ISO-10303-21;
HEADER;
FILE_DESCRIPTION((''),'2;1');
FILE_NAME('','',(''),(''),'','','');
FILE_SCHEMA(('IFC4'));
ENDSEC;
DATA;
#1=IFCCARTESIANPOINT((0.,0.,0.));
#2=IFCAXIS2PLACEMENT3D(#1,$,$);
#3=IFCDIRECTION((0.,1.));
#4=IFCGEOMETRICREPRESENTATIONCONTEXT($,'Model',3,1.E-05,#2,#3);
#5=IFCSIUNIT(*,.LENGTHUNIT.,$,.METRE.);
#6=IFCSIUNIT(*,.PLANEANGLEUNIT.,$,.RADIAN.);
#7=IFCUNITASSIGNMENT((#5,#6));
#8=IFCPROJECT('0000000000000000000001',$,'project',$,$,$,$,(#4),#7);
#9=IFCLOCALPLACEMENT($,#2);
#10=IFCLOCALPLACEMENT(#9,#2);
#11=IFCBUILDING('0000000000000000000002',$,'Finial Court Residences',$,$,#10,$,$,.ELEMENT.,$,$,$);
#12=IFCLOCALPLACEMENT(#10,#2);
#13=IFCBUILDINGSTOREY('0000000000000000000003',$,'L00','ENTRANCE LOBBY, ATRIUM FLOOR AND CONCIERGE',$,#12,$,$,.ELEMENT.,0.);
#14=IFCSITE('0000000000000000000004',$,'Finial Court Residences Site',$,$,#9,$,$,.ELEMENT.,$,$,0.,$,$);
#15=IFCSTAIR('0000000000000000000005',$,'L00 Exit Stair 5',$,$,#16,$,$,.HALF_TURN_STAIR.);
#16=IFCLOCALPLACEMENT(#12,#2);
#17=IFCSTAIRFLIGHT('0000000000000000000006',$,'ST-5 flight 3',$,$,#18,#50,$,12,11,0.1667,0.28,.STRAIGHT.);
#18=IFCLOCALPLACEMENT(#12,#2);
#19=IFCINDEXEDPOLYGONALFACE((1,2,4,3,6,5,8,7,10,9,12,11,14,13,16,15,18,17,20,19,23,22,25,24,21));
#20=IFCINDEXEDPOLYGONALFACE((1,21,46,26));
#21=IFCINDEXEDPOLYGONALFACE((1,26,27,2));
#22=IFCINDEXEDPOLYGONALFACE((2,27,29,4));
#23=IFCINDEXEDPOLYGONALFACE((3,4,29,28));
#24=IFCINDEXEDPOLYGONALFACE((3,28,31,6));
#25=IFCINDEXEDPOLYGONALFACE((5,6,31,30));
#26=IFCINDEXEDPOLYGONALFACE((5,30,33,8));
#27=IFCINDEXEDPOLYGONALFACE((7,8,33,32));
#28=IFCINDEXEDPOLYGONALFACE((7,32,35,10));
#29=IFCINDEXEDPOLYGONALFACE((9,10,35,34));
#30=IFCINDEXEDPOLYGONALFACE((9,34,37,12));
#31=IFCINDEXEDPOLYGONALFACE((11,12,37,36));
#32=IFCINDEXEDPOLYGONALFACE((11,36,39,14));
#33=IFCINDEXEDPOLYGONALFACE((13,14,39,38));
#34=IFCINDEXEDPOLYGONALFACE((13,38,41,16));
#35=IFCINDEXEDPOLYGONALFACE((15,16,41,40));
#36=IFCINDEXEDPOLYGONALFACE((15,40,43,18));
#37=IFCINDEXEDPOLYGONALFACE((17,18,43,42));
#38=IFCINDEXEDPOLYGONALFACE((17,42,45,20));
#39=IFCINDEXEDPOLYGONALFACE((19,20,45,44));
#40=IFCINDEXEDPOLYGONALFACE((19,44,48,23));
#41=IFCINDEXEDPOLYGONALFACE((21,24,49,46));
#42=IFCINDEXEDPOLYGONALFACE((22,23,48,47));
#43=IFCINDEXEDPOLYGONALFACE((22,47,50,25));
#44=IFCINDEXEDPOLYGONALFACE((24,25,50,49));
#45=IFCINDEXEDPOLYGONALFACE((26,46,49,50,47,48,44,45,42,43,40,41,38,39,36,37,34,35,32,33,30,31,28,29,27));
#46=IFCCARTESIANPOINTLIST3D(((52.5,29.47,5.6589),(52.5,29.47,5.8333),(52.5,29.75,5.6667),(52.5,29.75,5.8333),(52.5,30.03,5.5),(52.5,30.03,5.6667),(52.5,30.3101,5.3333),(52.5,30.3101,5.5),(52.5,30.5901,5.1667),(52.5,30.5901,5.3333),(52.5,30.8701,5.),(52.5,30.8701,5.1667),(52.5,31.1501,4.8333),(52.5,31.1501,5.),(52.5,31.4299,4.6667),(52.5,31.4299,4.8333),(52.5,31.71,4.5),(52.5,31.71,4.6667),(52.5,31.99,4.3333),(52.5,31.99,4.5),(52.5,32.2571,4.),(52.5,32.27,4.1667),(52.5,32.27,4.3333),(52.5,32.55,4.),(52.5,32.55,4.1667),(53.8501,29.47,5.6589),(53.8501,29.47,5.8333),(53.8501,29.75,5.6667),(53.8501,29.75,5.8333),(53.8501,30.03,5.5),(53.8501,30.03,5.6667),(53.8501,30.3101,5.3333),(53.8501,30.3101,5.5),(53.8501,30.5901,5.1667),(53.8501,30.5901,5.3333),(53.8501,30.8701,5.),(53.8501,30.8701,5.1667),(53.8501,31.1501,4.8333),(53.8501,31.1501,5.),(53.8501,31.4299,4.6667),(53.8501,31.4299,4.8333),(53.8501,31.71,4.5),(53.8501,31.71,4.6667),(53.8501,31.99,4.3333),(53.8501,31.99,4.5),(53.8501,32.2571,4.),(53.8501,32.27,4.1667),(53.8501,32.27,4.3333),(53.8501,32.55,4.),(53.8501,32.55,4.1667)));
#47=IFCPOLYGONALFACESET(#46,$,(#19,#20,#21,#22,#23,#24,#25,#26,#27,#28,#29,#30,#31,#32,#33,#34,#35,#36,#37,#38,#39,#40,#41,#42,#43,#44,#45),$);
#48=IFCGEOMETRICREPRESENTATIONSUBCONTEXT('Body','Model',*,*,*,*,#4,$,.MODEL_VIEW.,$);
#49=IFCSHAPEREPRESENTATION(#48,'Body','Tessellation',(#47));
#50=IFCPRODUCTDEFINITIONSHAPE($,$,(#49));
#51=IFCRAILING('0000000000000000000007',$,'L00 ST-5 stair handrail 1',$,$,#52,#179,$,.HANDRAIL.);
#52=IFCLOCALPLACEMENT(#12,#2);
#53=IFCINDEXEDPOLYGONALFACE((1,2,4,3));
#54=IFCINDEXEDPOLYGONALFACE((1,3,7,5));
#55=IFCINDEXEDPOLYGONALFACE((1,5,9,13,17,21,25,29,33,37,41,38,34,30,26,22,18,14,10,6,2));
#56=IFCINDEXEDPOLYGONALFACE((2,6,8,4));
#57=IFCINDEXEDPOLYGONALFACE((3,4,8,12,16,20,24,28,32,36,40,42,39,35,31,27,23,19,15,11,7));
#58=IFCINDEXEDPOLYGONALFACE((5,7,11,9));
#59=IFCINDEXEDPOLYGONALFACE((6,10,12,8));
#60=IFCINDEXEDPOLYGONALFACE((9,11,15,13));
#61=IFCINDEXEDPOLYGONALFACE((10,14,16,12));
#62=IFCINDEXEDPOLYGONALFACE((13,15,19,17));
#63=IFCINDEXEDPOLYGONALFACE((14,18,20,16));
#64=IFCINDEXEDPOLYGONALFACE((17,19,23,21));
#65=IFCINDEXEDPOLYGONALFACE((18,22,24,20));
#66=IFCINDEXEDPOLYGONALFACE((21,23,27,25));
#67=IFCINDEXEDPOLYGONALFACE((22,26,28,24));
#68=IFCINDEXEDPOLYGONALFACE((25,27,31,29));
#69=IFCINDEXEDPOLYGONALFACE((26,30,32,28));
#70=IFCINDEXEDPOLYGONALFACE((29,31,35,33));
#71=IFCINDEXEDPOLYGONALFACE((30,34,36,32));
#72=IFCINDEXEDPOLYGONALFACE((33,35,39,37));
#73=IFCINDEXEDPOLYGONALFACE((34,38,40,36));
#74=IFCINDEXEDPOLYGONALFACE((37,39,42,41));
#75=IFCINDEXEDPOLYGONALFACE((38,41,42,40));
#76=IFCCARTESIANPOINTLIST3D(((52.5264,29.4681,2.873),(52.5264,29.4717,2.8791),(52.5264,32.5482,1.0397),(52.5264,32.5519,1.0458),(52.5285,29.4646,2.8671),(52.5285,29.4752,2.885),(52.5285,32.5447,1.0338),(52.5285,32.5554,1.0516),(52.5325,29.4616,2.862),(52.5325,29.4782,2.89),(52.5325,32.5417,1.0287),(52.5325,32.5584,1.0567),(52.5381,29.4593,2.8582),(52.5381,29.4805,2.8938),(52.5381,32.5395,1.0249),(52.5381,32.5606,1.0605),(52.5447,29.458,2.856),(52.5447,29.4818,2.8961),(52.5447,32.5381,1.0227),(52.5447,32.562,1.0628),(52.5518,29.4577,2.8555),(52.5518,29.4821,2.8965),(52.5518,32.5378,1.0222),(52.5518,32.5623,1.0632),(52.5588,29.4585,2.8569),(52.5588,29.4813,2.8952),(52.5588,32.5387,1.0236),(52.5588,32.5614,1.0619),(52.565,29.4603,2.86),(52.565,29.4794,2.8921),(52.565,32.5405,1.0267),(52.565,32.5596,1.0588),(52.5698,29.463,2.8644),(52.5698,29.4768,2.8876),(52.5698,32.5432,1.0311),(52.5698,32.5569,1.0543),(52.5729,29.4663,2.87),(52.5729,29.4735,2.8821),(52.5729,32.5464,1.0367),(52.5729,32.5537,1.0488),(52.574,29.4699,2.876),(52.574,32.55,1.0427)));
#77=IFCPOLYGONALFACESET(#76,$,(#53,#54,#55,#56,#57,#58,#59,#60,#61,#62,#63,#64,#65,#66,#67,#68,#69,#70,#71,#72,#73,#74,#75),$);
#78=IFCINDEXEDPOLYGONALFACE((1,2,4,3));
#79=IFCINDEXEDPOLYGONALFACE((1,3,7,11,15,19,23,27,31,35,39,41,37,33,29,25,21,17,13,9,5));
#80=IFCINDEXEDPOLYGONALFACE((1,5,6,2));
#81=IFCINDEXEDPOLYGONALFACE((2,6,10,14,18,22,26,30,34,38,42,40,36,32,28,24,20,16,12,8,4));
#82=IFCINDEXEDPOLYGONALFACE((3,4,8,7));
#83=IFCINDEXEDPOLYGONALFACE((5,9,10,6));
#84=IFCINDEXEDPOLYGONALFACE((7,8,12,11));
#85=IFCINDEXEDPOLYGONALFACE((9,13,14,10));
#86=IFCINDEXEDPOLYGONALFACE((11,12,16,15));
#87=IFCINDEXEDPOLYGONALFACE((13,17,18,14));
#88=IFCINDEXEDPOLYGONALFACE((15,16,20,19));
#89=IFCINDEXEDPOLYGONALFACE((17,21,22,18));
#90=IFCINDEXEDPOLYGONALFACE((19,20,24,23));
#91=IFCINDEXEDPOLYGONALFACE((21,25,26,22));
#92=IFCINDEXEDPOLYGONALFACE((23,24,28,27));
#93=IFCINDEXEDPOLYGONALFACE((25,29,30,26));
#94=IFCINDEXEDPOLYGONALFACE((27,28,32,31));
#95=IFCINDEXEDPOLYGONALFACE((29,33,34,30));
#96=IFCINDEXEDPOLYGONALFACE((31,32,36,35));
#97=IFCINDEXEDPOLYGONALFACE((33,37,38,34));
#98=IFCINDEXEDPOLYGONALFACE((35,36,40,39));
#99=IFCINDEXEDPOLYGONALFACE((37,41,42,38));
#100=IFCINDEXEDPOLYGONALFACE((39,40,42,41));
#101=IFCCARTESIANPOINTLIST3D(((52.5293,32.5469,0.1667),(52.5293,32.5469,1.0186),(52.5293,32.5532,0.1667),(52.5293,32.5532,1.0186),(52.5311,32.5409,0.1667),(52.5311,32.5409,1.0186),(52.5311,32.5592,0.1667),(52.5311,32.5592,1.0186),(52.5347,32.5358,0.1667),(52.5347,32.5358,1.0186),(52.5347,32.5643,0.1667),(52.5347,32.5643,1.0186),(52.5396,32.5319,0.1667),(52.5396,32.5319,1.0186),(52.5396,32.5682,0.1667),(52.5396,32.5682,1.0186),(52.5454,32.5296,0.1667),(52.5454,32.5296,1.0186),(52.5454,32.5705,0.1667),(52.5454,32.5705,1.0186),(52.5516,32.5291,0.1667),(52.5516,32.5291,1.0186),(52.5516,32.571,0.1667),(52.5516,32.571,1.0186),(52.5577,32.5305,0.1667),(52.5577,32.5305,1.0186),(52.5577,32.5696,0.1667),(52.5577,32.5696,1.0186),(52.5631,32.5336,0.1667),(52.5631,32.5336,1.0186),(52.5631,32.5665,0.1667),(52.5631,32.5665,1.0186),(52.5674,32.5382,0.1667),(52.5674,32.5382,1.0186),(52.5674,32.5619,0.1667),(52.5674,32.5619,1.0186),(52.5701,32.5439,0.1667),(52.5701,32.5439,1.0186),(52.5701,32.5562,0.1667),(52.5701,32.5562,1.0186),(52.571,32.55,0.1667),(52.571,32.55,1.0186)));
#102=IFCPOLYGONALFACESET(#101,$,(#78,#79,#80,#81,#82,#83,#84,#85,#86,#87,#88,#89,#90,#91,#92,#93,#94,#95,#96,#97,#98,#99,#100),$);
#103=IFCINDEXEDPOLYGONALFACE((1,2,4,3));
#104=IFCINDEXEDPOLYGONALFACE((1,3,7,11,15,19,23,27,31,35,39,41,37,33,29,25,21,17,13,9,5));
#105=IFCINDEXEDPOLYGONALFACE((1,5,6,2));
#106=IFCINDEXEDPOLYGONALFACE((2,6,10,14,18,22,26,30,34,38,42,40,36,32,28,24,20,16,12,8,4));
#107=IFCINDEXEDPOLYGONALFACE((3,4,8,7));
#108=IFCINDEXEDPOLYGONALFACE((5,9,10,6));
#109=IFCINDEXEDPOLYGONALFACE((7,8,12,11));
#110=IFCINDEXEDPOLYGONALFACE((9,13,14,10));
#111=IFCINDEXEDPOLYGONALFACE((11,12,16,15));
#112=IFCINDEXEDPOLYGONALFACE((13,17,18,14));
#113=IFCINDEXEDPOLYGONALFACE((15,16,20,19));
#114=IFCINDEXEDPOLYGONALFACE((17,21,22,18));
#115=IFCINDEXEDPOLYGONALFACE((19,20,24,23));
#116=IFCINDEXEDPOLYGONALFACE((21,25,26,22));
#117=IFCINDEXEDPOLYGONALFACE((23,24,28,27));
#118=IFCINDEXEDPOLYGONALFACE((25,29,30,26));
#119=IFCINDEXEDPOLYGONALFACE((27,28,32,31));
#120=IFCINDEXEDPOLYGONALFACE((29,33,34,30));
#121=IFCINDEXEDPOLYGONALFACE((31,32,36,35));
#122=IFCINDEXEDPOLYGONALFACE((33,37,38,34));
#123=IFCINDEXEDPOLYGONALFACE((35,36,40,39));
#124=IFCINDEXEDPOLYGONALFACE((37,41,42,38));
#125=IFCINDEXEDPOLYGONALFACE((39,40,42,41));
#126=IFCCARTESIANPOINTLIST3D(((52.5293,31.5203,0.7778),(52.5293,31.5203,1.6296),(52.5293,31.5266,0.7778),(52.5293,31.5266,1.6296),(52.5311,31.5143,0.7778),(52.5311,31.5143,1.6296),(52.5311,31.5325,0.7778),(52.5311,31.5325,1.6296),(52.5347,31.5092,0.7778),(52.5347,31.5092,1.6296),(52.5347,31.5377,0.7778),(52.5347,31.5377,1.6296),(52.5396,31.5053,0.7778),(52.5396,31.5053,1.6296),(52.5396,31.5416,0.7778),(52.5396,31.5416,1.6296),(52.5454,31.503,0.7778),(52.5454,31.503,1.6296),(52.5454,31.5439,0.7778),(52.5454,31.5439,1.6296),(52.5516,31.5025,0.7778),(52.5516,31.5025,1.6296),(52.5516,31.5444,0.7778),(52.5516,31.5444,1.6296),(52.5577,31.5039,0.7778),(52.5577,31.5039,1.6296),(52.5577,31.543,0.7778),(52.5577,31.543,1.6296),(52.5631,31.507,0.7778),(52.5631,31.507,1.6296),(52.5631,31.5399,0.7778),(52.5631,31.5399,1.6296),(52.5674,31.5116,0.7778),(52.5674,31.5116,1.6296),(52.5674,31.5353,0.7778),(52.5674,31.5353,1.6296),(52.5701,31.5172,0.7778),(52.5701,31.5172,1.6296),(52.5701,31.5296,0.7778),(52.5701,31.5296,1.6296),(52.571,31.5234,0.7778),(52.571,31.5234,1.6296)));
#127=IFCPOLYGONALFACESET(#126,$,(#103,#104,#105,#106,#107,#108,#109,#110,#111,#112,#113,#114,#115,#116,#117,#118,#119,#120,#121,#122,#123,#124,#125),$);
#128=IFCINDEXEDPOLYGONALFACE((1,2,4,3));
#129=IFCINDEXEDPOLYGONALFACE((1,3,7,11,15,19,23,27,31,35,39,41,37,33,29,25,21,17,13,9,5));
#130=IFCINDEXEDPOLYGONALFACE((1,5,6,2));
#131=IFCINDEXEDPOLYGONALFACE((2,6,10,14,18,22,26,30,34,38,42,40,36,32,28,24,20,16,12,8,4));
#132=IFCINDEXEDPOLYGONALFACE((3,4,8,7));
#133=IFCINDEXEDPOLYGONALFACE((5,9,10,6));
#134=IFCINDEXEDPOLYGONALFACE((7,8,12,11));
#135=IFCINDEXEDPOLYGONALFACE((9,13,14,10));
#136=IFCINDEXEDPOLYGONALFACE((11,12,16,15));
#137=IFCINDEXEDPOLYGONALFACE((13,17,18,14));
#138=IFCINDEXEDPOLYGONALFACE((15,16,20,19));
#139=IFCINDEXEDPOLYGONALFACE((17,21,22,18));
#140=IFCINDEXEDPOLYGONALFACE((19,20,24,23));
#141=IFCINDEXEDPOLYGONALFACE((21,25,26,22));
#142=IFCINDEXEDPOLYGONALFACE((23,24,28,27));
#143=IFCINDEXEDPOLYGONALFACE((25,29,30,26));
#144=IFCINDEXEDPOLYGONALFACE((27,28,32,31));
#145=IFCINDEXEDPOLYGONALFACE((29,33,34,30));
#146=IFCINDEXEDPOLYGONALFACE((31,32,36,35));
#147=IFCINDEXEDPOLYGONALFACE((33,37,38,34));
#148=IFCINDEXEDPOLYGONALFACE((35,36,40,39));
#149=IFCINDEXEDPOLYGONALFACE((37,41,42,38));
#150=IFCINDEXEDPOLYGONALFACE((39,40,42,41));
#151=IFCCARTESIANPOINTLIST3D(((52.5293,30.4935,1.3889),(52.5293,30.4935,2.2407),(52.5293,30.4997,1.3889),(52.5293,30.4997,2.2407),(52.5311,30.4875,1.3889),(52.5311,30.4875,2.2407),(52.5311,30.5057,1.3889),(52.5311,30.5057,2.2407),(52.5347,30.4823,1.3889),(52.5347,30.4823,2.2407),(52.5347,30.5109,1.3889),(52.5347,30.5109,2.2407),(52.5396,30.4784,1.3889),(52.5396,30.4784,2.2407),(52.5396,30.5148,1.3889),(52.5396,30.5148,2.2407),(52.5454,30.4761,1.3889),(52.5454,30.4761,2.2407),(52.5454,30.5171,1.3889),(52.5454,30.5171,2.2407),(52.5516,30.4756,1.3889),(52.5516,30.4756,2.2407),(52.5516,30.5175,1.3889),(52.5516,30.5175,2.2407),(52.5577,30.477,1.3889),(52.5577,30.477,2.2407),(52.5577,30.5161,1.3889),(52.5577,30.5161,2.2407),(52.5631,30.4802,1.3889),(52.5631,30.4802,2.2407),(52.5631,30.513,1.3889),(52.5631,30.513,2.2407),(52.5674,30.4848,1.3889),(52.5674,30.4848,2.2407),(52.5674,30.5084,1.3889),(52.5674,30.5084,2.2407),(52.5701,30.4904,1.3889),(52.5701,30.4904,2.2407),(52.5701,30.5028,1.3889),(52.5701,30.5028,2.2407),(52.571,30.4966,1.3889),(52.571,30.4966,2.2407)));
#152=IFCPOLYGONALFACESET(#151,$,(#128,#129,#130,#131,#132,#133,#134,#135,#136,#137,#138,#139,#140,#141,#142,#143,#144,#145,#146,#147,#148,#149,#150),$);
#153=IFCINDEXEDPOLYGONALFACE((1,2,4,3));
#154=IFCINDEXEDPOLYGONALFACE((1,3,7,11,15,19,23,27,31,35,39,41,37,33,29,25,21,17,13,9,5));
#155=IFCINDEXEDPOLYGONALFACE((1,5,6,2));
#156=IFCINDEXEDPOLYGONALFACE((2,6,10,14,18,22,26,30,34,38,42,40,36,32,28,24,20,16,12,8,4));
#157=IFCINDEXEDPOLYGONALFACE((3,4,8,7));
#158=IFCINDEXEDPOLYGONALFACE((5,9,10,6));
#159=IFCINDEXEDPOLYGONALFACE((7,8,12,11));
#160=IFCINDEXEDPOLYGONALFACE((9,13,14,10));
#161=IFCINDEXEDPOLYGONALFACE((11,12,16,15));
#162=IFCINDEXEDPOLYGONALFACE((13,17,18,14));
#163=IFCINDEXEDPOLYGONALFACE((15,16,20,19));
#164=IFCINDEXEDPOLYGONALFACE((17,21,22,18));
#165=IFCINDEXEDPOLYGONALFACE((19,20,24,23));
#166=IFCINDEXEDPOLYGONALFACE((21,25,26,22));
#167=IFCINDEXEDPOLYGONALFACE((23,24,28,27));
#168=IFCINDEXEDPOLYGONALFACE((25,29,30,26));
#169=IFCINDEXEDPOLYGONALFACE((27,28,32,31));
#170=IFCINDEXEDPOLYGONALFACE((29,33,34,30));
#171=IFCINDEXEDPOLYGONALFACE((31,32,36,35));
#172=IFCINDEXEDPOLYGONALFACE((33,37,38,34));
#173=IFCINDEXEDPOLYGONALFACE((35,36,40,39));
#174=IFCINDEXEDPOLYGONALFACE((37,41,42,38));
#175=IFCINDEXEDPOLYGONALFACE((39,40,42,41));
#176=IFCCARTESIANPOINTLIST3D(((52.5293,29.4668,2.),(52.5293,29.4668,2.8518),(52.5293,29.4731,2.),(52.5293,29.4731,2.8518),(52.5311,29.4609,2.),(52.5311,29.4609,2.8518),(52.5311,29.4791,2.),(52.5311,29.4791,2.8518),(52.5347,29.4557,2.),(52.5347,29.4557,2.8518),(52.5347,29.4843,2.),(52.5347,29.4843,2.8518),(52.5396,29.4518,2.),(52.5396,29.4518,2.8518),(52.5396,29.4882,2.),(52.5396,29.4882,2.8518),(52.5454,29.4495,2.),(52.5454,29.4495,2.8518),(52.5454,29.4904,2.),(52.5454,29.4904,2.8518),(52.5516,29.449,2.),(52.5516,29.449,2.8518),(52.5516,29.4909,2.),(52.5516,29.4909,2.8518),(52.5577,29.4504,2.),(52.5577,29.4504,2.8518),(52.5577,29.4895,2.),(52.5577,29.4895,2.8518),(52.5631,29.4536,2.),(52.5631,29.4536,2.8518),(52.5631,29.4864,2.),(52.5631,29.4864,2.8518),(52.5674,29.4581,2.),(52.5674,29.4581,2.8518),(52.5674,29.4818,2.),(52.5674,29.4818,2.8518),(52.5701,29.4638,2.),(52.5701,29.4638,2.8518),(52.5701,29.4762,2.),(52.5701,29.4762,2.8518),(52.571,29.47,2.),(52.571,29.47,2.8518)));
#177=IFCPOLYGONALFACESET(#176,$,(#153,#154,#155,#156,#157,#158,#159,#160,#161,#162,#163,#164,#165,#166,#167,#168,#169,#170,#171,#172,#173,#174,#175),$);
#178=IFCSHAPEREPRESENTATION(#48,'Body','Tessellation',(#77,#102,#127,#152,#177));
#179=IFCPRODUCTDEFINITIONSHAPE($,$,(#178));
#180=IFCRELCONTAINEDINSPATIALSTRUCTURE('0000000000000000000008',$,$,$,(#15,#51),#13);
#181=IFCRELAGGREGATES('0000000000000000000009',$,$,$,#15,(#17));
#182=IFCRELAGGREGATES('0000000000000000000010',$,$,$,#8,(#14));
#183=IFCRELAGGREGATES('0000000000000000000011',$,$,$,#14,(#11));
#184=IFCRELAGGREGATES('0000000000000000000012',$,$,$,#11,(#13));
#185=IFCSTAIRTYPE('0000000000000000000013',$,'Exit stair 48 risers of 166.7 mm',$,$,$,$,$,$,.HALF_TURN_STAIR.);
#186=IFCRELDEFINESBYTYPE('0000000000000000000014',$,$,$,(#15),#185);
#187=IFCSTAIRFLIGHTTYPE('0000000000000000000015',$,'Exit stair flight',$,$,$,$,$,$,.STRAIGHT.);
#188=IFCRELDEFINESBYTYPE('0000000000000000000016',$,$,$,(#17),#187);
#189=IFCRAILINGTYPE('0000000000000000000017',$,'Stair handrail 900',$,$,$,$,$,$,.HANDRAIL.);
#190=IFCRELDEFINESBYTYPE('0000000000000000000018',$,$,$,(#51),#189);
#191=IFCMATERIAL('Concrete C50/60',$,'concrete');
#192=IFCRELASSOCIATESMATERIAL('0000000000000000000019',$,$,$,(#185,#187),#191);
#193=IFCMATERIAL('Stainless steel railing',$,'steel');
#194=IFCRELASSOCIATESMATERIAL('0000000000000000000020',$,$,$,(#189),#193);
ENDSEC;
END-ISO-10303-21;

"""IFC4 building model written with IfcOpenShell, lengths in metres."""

from ifc_helpers import new_model, si_unit, direction, frame, origin, origin_2d, place, context, subcontext, project, spatial, polyline, circle, outline, extrude, material, type_object, element, aggregate, save


model = new_model("IFC4")

# Units and contexts
model_context = context("Model", 3, precision=1e-05, world=origin(), true_north=direction((0.0, 1.0)))
body_context = subcontext(model_context, "Body", "Model", "MODEL_VIEW")
ifc_project = project(units=[si_unit("LENGTHUNIT", "METRE"), si_unit("PLANEANGLEUNIT", "RADIAN")], contexts=[model_context])

# Site, building, storey
site_placement = place(None, origin())
site = spatial("IfcSite", under=ifc_project, at=site_placement, Name="Finial Court Residences Site", CompositionType="ELEMENT", RefElevation=0.0)
building_placement = place(site_placement, origin())
building = spatial("IfcBuilding", under=site, at=building_placement, Name="Finial Court Residences", CompositionType="ELEMENT")
storey_placement = place(building_placement, origin())
storey = spatial("IfcBuildingStorey", under=building, at=storey_placement, Name="L00", Description="ENTRANCE LOBBY, ATRIUM FLOOR AND CONCIERGE", CompositionType="ELEMENT", Elevation=0.0)

# Shared definitions
ifc_material_1 = material(Name="Concrete C50/60", Category="concrete")

# Stair, stair flight
stair_type = type_object("IfcStairType", Name="Exit stair 48 risers of 166.7 mm", PredefinedType="HALF_TURN_STAIR", material=ifc_material_1)
stair_placement = place(storey_placement, origin())
stair = element("IfcStair", 1, at=stair_placement, inside=storey, type_object=stair_type, Name="L00 Exit Stair 5", PredefinedType="HALF_TURN_STAIR")
stair_flight_type = type_object("IfcStairFlightType", Name="Exit stair flight", PredefinedType="STRAIGHT", material=ifc_material_1)
stair_flight_1_placement = place(storey_placement, frame((53.175, 32.55, 4.0), z_axis=(0.0, 0.0, 1.0), x_axis=(0.0, -1.0, 0.0)))
stair_flight_1 = element("IfcStairFlight", 2, at=stair_flight_1_placement, type_object=stair_flight_type, Name="ST-5 flight 3", NumberOfRisers=12, NumberOfTreads=11, PredefinedType="STRAIGHT", RiserHeight=0.1667, TreadLength=0.28, context=body_context, shape_type="SweptSolid", body=[
    extrude(outline(polyline([(0.0, 0.0), (0.0, 0.1667), (0.28, 0.1667), (0.28, 0.3333), (0.5601, 0.3333), (0.5601, 0.5), (0.8401, 0.5), (0.8401, 0.6667), (1.1201, 0.6667), (1.1201, 0.8333), (1.3999, 0.8333), (1.3999, 1.0), (1.6799, 1.0), (1.6799, 1.1667), (1.96, 1.1667), (1.96, 1.3333), (2.24, 1.3333), (2.24, 1.5), (2.52, 1.5), (2.52, 1.6667), (2.8, 1.6667), (2.8, 1.8333), (3.0801, 1.8333), (3.0801, 2.0), (3.0801, 1.6589), (0.293, 0.0), (0.0, 0.0)])), frame((0.0, 0.675, 0.0), z_axis=(0.0, -1.0, 0.0), x_axis=(1.0, 0.0, 0.0)), (0.0, 0.0, 1.0), 1.3501),
])
aggregate(stair, [stair_flight_1])

# Railing
ifc_material_2 = material(Name="Stainless steel railing", Category="steel")
railing_type_1 = type_object("IfcRailingType", Name="Stair handrail 900", PredefinedType="HANDRAIL", material=ifc_material_2)
for number, where, name in (
    (3, (52.55, 32.55, 0.1667), "L00 ST-5 stair handrail 1"),
):
    element("IfcRailing", number, at=place(storey_placement, frame(where)), inside=storey, type_object=railing_type_1, Name=name, PredefinedType="HANDRAIL", context=body_context, shape_type="SweptSolid", body=[
        extrude(circle(Radius=0.0239, at=origin_2d()), frame((0.0, 0.0, 0.876), z_axis=(0.0, -0.859309, 0.511458), x_axis=(1.0, 0.0, 0.0)), (0.0, 0.0, 1.0), 3.5845),
        extrude(circle(Radius=0.021, at=origin_2d()), origin(), (0.0, 0.0, 1.0), 0.8518),
        extrude(circle(Radius=0.021, at=origin_2d()), frame((0.0, -1.0266, 0.6111)), (0.0, 0.0, 1.0), 0.8518),
        extrude(circle(Radius=0.021, at=origin_2d()), frame((0.0, -2.0535, 1.2222)), (0.0, 0.0, 1.0), 0.8518),
        extrude(circle(Radius=0.021, at=origin_2d()), frame((0.0, -3.0801, 1.8333)), (0.0, 0.0, 1.0), 0.8518),
    ])

save(model, "model.ifc")
